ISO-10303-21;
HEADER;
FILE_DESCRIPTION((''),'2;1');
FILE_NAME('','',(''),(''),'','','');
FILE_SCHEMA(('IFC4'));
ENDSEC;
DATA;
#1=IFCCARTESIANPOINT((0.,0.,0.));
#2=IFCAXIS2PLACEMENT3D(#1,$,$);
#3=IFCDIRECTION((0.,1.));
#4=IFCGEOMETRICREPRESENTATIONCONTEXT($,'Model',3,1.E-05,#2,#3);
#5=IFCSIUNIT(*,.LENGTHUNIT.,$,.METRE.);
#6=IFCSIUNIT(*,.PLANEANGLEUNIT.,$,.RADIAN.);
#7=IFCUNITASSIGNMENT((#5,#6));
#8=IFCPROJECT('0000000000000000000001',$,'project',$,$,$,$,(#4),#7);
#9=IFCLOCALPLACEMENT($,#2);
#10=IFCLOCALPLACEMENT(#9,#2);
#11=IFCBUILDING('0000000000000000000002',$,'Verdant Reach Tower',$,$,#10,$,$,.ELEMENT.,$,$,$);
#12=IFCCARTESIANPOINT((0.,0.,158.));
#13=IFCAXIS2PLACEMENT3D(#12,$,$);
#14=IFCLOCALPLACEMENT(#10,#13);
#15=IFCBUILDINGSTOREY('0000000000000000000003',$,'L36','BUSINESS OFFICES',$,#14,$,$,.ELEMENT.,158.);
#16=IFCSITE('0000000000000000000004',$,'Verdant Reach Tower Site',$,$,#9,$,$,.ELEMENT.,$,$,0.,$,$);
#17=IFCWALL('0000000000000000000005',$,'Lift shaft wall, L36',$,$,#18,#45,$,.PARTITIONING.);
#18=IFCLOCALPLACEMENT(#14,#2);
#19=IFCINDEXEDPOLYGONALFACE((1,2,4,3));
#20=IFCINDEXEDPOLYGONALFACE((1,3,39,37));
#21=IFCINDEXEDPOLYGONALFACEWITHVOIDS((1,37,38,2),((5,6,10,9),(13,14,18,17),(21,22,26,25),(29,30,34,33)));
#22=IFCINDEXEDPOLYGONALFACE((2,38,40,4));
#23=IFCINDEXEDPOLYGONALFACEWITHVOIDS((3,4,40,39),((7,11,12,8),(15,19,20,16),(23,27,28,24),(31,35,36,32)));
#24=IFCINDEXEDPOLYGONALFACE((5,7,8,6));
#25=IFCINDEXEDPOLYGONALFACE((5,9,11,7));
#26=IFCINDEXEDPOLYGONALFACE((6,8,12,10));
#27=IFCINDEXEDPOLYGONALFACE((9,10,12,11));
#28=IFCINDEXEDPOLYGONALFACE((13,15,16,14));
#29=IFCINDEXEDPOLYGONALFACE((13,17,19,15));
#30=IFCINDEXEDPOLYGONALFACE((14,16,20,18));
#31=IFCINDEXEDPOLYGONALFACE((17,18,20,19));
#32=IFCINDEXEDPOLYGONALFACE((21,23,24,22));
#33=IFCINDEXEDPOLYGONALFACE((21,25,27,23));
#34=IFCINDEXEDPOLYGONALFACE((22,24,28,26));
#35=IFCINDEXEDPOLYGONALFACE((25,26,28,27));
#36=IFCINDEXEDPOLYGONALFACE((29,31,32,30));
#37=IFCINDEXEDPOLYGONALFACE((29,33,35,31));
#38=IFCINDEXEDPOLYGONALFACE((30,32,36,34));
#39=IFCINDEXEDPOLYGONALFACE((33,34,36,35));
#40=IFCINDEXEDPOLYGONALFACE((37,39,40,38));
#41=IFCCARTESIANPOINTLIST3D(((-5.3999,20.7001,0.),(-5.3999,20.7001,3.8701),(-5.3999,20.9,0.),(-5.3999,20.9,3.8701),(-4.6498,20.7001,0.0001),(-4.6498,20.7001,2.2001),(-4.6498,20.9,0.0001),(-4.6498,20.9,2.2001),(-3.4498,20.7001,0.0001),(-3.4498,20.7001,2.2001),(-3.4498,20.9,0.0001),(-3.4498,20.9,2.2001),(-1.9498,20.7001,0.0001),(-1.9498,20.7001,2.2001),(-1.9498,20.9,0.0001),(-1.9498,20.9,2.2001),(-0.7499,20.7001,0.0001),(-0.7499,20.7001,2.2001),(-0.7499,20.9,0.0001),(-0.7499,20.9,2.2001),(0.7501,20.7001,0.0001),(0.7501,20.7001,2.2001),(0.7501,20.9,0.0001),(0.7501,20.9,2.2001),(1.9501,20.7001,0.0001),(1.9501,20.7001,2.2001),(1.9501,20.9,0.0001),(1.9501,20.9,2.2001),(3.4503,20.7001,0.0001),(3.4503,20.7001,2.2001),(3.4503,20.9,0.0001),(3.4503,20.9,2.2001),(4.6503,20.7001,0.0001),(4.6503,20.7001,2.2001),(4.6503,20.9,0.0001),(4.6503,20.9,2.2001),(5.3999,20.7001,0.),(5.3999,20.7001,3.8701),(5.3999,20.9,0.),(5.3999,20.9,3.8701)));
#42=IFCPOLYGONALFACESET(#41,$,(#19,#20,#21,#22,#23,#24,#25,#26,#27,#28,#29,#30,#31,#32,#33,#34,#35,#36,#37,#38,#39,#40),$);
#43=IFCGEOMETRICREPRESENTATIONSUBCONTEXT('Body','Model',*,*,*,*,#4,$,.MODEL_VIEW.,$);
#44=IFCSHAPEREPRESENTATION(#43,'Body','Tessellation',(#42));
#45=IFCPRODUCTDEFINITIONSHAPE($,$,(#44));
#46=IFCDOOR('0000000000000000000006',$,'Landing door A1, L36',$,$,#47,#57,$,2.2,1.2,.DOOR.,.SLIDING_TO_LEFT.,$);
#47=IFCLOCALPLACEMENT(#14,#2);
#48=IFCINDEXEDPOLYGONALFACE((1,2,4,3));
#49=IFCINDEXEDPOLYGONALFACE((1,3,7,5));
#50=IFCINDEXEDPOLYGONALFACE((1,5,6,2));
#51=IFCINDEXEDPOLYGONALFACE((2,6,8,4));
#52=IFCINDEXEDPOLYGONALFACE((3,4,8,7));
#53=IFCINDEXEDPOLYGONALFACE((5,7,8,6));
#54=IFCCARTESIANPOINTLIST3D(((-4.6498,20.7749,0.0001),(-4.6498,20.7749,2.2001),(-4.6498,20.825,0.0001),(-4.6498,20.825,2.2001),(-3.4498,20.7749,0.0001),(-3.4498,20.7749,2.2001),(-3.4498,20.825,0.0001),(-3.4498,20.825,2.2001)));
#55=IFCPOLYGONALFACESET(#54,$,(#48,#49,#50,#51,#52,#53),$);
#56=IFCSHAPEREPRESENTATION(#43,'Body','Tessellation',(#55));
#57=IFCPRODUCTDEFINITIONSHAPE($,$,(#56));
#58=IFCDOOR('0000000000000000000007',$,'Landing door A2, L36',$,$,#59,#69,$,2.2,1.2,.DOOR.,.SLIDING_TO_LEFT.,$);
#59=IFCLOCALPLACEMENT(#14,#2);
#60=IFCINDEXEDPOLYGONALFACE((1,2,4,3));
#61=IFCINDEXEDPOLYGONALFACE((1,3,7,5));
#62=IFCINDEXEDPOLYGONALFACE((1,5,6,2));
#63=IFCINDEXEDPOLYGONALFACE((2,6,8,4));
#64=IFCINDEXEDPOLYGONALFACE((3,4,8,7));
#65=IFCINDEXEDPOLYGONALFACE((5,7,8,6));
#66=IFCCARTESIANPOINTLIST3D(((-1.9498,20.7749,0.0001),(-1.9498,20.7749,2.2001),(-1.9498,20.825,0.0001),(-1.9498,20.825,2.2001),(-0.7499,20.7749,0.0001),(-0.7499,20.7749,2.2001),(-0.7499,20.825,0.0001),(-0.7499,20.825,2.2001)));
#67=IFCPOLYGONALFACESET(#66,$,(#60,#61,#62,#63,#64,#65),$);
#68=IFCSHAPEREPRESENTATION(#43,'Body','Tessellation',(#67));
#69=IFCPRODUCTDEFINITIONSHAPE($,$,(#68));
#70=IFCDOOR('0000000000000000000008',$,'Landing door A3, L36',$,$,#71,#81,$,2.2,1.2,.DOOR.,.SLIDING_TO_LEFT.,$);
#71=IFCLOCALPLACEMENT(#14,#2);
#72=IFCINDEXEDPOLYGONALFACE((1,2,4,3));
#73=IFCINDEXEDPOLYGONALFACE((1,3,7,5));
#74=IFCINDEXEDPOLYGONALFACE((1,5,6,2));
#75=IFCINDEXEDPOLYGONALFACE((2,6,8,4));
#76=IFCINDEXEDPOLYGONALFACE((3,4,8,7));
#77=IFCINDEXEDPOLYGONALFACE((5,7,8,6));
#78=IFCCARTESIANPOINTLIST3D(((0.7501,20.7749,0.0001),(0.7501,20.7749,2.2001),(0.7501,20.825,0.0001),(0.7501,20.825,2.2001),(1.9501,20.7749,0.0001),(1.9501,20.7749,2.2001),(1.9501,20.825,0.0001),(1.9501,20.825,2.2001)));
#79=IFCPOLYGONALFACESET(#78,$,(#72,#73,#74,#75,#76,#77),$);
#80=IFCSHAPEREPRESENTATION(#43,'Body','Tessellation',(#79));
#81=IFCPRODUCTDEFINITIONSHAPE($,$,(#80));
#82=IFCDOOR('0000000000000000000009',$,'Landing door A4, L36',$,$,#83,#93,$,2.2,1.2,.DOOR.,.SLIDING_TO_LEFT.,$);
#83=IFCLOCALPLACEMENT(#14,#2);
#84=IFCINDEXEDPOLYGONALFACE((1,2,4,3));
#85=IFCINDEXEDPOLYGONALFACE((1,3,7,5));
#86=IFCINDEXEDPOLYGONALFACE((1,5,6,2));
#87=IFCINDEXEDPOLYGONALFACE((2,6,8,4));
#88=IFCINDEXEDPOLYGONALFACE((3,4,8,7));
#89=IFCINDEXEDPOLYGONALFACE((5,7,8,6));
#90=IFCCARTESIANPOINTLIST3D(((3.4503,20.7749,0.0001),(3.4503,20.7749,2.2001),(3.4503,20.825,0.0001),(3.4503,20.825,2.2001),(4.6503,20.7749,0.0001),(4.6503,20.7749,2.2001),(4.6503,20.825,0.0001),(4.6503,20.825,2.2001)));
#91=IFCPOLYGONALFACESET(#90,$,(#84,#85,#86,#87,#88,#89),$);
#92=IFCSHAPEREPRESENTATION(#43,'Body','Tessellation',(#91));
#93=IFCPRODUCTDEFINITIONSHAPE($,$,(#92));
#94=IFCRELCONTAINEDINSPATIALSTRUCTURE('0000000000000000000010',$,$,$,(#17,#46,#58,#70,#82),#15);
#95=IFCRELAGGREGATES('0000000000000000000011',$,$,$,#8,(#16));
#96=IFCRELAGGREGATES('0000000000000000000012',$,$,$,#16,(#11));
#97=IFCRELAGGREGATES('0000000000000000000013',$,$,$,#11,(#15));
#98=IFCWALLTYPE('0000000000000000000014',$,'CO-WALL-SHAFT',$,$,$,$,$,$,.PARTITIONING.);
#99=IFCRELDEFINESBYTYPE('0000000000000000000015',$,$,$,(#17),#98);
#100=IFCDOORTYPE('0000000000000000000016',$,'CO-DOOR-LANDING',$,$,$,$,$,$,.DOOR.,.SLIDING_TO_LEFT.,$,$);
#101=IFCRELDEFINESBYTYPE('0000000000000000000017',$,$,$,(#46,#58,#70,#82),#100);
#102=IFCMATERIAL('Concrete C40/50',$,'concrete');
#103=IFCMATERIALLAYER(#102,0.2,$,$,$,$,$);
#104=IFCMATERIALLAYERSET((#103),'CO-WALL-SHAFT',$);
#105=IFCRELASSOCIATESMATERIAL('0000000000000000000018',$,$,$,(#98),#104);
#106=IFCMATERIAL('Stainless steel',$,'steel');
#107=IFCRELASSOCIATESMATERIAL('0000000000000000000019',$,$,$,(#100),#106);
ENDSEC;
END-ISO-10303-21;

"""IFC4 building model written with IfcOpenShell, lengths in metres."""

from ifc_helpers import new_model, si_unit, direction, frame, frame_2d, origin, place, context, subcontext, project, spatial, rectangle, extrude, material, layer, layer_set, type_object, element, fill, save


model = new_model("IFC4")

# Units and contexts
model_context = context("Model", 3, precision=1e-05, world=origin(), true_north=direction((0.0, 1.0)))
body_context = subcontext(model_context, "Body", "Model", "MODEL_VIEW")
ifc_project = project(units=[si_unit("LENGTHUNIT", "METRE"), si_unit("PLANEANGLEUNIT", "RADIAN")], contexts=[model_context])

# Site, building, storey
site_placement = place(None, origin())
site = spatial("IfcSite", under=ifc_project, at=site_placement, Name="Verdant Reach Tower Site", CompositionType="ELEMENT", RefElevation=0.0)
building_placement = place(site_placement, origin())
building = spatial("IfcBuilding", under=site, at=building_placement, Name="Verdant Reach Tower", CompositionType="ELEMENT")
storey_placement = place(building_placement, frame((0.0, 0.0, 158.0)))
storey = spatial("IfcBuildingStorey", under=building, at=storey_placement, Name="L36", Description="BUSINESS OFFICES", CompositionType="ELEMENT", Elevation=158.0)

# Wall, openings, doors
ifc_material_1 = material(Name="Concrete C40/50", Category="concrete")
ifc_layer_1 = layer(ifc_material_1, 0.2)
ifc_layer_set_1 = layer_set([ifc_layer_1], Name="CO-WALL-SHAFT")
wall_type_1 = type_object("IfcWallType", Name="CO-WALL-SHAFT", PredefinedType="PARTITIONING", material=ifc_layer_set_1)
wall_1_placement = place(storey_placement, frame((-5.3999, 20.8, 0.0), z_axis=(0.0, 0.0, 1.0), x_axis=(1.0, 0.0, 0.0)))
wall_1 = element("IfcWall", 1, at=wall_1_placement, inside=storey, type_object=wall_type_1, Name="Lift shaft wall, L36", PredefinedType="PARTITIONING", context=body_context, shape_type="SweptSolid", body=[
    extrude(rectangle(XDim=10.7998, YDim=0.2, at=frame_2d((5.3999, 0.0))), origin(), (0.0, 0.0, 1.0), 3.8701),
])
opening_1_placement = place(wall_1_placement, frame((0.75, 0.0, 0.0)))
opening_1 = element("IfcOpeningElement", 2, at=opening_1_placement, cuts=wall_1, PredefinedType="OPENING", context=body_context, shape_type="SweptSolid", body=[
    extrude(rectangle(XDim=1.2, YDim=2.2, at=frame_2d((0.6001, 1.1001))), frame((0.0, 0.1099, 0.0), z_axis=(0.0, -1.0, 0.0), x_axis=(1.0, 0.0, 0.0)), (0.0, 0.0, 1.0), 0.22),
])
opening_2_placement = place(wall_1_placement, frame((3.45, 0.0, 0.0)))
opening_2 = element("IfcOpeningElement", 3, at=opening_2_placement, cuts=wall_1, PredefinedType="OPENING", context=body_context, shape_type="SweptSolid", body=[
    extrude(rectangle(XDim=1.2, YDim=2.2, at=frame_2d((0.6001, 1.1001))), frame((0.0, 0.1099, 0.0), z_axis=(0.0, -1.0, 0.0), x_axis=(1.0, 0.0, 0.0)), (0.0, 0.0, 1.0), 0.22),
])
opening_3_placement = place(wall_1_placement, frame((6.1499, 0.0, 0.0)))
opening_3 = element("IfcOpeningElement", 4, at=opening_3_placement, cuts=wall_1, PredefinedType="OPENING", context=body_context, shape_type="SweptSolid", body=[
    extrude(rectangle(XDim=1.2, YDim=2.2, at=frame_2d((0.6001, 1.1001))), frame((0.0, 0.1099, 0.0), z_axis=(0.0, -1.0, 0.0), x_axis=(1.0, 0.0, 0.0)), (0.0, 0.0, 1.0), 0.22),
])
opening_4_placement = place(wall_1_placement, frame((8.8501, 0.0, 0.0)))
opening_4 = element("IfcOpeningElement", 5, at=opening_4_placement, cuts=wall_1, PredefinedType="OPENING", context=body_context, shape_type="SweptSolid", body=[
    extrude(rectangle(XDim=1.2, YDim=2.2, at=frame_2d((0.6001, 1.1001))), frame((0.0, 0.1099, 0.0), z_axis=(0.0, -1.0, 0.0), x_axis=(1.0, 0.0, 0.0)), (0.0, 0.0, 1.0), 0.22),
])
ifc_material_2 = material(Name="Stainless steel", Category="steel")
door_type_1 = type_object("IfcDoorType", Name="CO-DOOR-LANDING", OperationType="SLIDING_TO_LEFT", PredefinedType="DOOR", material=ifc_material_2)
door_1_placement = place(opening_1_placement, origin())
door_1 = element("IfcDoor", 6, at=door_1_placement, inside=storey, type_object=door_type_1, Name="Landing door A1, L36", OperationType="SLIDING_TO_LEFT", OverallHeight=2.2, OverallWidth=1.2, PredefinedType="DOOR", context=body_context, shape_type="SweptSolid", body=[
    extrude(rectangle(XDim=1.2, YDim=2.2, at=frame_2d((0.6001, 1.1001))), frame((0.0, 0.0249, 0.0), z_axis=(0.0, -1.0, 0.0), x_axis=(1.0, 0.0, 0.0)), (0.0, 0.0, 1.0), 0.05),
])
fill(opening_1, door_1)
door_2_placement = place(opening_2_placement, origin())
door_2 = element("IfcDoor", 7, at=door_2_placement, inside=storey, type_object=door_type_1, Name="Landing door A2, L36", OperationType="SLIDING_TO_LEFT", OverallHeight=2.2, OverallWidth=1.2, PredefinedType="DOOR", context=body_context, shape_type="SweptSolid", body=[
    extrude(rectangle(XDim=1.2, YDim=2.2, at=frame_2d((0.6001, 1.1001))), frame((0.0, 0.0249, 0.0), z_axis=(0.0, -1.0, 0.0), x_axis=(1.0, 0.0, 0.0)), (0.0, 0.0, 1.0), 0.05),
])
fill(opening_2, door_2)
door_3_placement = place(opening_3_placement, origin())
door_3 = element("IfcDoor", 8, at=door_3_placement, inside=storey, type_object=door_type_1, Name="Landing door A3, L36", OperationType="SLIDING_TO_LEFT", OverallHeight=2.2, OverallWidth=1.2, PredefinedType="DOOR", context=body_context, shape_type="SweptSolid", body=[
    extrude(rectangle(XDim=1.2, YDim=2.2, at=frame_2d((0.6001, 1.1001))), frame((0.0, 0.0249, 0.0), z_axis=(0.0, -1.0, 0.0), x_axis=(1.0, 0.0, 0.0)), (0.0, 0.0, 1.0), 0.05),
])
fill(opening_3, door_3)
door_4_placement = place(opening_4_placement, origin())
door_4 = element("IfcDoor", 9, at=door_4_placement, inside=storey, type_object=door_type_1, Name="Landing door A4, L36", OperationType="SLIDING_TO_LEFT", OverallHeight=2.2, OverallWidth=1.2, PredefinedType="DOOR", context=body_context, shape_type="SweptSolid", body=[
    extrude(rectangle(XDim=1.2, YDim=2.2, at=frame_2d((0.6001, 1.1001))), frame((0.0, 0.0249, 0.0), z_axis=(0.0, -1.0, 0.0), x_axis=(1.0, 0.0, 0.0)), (0.0, 0.0, 1.0), 0.05),
])
fill(opening_4, door_4)

save(model, "model.ifc")
